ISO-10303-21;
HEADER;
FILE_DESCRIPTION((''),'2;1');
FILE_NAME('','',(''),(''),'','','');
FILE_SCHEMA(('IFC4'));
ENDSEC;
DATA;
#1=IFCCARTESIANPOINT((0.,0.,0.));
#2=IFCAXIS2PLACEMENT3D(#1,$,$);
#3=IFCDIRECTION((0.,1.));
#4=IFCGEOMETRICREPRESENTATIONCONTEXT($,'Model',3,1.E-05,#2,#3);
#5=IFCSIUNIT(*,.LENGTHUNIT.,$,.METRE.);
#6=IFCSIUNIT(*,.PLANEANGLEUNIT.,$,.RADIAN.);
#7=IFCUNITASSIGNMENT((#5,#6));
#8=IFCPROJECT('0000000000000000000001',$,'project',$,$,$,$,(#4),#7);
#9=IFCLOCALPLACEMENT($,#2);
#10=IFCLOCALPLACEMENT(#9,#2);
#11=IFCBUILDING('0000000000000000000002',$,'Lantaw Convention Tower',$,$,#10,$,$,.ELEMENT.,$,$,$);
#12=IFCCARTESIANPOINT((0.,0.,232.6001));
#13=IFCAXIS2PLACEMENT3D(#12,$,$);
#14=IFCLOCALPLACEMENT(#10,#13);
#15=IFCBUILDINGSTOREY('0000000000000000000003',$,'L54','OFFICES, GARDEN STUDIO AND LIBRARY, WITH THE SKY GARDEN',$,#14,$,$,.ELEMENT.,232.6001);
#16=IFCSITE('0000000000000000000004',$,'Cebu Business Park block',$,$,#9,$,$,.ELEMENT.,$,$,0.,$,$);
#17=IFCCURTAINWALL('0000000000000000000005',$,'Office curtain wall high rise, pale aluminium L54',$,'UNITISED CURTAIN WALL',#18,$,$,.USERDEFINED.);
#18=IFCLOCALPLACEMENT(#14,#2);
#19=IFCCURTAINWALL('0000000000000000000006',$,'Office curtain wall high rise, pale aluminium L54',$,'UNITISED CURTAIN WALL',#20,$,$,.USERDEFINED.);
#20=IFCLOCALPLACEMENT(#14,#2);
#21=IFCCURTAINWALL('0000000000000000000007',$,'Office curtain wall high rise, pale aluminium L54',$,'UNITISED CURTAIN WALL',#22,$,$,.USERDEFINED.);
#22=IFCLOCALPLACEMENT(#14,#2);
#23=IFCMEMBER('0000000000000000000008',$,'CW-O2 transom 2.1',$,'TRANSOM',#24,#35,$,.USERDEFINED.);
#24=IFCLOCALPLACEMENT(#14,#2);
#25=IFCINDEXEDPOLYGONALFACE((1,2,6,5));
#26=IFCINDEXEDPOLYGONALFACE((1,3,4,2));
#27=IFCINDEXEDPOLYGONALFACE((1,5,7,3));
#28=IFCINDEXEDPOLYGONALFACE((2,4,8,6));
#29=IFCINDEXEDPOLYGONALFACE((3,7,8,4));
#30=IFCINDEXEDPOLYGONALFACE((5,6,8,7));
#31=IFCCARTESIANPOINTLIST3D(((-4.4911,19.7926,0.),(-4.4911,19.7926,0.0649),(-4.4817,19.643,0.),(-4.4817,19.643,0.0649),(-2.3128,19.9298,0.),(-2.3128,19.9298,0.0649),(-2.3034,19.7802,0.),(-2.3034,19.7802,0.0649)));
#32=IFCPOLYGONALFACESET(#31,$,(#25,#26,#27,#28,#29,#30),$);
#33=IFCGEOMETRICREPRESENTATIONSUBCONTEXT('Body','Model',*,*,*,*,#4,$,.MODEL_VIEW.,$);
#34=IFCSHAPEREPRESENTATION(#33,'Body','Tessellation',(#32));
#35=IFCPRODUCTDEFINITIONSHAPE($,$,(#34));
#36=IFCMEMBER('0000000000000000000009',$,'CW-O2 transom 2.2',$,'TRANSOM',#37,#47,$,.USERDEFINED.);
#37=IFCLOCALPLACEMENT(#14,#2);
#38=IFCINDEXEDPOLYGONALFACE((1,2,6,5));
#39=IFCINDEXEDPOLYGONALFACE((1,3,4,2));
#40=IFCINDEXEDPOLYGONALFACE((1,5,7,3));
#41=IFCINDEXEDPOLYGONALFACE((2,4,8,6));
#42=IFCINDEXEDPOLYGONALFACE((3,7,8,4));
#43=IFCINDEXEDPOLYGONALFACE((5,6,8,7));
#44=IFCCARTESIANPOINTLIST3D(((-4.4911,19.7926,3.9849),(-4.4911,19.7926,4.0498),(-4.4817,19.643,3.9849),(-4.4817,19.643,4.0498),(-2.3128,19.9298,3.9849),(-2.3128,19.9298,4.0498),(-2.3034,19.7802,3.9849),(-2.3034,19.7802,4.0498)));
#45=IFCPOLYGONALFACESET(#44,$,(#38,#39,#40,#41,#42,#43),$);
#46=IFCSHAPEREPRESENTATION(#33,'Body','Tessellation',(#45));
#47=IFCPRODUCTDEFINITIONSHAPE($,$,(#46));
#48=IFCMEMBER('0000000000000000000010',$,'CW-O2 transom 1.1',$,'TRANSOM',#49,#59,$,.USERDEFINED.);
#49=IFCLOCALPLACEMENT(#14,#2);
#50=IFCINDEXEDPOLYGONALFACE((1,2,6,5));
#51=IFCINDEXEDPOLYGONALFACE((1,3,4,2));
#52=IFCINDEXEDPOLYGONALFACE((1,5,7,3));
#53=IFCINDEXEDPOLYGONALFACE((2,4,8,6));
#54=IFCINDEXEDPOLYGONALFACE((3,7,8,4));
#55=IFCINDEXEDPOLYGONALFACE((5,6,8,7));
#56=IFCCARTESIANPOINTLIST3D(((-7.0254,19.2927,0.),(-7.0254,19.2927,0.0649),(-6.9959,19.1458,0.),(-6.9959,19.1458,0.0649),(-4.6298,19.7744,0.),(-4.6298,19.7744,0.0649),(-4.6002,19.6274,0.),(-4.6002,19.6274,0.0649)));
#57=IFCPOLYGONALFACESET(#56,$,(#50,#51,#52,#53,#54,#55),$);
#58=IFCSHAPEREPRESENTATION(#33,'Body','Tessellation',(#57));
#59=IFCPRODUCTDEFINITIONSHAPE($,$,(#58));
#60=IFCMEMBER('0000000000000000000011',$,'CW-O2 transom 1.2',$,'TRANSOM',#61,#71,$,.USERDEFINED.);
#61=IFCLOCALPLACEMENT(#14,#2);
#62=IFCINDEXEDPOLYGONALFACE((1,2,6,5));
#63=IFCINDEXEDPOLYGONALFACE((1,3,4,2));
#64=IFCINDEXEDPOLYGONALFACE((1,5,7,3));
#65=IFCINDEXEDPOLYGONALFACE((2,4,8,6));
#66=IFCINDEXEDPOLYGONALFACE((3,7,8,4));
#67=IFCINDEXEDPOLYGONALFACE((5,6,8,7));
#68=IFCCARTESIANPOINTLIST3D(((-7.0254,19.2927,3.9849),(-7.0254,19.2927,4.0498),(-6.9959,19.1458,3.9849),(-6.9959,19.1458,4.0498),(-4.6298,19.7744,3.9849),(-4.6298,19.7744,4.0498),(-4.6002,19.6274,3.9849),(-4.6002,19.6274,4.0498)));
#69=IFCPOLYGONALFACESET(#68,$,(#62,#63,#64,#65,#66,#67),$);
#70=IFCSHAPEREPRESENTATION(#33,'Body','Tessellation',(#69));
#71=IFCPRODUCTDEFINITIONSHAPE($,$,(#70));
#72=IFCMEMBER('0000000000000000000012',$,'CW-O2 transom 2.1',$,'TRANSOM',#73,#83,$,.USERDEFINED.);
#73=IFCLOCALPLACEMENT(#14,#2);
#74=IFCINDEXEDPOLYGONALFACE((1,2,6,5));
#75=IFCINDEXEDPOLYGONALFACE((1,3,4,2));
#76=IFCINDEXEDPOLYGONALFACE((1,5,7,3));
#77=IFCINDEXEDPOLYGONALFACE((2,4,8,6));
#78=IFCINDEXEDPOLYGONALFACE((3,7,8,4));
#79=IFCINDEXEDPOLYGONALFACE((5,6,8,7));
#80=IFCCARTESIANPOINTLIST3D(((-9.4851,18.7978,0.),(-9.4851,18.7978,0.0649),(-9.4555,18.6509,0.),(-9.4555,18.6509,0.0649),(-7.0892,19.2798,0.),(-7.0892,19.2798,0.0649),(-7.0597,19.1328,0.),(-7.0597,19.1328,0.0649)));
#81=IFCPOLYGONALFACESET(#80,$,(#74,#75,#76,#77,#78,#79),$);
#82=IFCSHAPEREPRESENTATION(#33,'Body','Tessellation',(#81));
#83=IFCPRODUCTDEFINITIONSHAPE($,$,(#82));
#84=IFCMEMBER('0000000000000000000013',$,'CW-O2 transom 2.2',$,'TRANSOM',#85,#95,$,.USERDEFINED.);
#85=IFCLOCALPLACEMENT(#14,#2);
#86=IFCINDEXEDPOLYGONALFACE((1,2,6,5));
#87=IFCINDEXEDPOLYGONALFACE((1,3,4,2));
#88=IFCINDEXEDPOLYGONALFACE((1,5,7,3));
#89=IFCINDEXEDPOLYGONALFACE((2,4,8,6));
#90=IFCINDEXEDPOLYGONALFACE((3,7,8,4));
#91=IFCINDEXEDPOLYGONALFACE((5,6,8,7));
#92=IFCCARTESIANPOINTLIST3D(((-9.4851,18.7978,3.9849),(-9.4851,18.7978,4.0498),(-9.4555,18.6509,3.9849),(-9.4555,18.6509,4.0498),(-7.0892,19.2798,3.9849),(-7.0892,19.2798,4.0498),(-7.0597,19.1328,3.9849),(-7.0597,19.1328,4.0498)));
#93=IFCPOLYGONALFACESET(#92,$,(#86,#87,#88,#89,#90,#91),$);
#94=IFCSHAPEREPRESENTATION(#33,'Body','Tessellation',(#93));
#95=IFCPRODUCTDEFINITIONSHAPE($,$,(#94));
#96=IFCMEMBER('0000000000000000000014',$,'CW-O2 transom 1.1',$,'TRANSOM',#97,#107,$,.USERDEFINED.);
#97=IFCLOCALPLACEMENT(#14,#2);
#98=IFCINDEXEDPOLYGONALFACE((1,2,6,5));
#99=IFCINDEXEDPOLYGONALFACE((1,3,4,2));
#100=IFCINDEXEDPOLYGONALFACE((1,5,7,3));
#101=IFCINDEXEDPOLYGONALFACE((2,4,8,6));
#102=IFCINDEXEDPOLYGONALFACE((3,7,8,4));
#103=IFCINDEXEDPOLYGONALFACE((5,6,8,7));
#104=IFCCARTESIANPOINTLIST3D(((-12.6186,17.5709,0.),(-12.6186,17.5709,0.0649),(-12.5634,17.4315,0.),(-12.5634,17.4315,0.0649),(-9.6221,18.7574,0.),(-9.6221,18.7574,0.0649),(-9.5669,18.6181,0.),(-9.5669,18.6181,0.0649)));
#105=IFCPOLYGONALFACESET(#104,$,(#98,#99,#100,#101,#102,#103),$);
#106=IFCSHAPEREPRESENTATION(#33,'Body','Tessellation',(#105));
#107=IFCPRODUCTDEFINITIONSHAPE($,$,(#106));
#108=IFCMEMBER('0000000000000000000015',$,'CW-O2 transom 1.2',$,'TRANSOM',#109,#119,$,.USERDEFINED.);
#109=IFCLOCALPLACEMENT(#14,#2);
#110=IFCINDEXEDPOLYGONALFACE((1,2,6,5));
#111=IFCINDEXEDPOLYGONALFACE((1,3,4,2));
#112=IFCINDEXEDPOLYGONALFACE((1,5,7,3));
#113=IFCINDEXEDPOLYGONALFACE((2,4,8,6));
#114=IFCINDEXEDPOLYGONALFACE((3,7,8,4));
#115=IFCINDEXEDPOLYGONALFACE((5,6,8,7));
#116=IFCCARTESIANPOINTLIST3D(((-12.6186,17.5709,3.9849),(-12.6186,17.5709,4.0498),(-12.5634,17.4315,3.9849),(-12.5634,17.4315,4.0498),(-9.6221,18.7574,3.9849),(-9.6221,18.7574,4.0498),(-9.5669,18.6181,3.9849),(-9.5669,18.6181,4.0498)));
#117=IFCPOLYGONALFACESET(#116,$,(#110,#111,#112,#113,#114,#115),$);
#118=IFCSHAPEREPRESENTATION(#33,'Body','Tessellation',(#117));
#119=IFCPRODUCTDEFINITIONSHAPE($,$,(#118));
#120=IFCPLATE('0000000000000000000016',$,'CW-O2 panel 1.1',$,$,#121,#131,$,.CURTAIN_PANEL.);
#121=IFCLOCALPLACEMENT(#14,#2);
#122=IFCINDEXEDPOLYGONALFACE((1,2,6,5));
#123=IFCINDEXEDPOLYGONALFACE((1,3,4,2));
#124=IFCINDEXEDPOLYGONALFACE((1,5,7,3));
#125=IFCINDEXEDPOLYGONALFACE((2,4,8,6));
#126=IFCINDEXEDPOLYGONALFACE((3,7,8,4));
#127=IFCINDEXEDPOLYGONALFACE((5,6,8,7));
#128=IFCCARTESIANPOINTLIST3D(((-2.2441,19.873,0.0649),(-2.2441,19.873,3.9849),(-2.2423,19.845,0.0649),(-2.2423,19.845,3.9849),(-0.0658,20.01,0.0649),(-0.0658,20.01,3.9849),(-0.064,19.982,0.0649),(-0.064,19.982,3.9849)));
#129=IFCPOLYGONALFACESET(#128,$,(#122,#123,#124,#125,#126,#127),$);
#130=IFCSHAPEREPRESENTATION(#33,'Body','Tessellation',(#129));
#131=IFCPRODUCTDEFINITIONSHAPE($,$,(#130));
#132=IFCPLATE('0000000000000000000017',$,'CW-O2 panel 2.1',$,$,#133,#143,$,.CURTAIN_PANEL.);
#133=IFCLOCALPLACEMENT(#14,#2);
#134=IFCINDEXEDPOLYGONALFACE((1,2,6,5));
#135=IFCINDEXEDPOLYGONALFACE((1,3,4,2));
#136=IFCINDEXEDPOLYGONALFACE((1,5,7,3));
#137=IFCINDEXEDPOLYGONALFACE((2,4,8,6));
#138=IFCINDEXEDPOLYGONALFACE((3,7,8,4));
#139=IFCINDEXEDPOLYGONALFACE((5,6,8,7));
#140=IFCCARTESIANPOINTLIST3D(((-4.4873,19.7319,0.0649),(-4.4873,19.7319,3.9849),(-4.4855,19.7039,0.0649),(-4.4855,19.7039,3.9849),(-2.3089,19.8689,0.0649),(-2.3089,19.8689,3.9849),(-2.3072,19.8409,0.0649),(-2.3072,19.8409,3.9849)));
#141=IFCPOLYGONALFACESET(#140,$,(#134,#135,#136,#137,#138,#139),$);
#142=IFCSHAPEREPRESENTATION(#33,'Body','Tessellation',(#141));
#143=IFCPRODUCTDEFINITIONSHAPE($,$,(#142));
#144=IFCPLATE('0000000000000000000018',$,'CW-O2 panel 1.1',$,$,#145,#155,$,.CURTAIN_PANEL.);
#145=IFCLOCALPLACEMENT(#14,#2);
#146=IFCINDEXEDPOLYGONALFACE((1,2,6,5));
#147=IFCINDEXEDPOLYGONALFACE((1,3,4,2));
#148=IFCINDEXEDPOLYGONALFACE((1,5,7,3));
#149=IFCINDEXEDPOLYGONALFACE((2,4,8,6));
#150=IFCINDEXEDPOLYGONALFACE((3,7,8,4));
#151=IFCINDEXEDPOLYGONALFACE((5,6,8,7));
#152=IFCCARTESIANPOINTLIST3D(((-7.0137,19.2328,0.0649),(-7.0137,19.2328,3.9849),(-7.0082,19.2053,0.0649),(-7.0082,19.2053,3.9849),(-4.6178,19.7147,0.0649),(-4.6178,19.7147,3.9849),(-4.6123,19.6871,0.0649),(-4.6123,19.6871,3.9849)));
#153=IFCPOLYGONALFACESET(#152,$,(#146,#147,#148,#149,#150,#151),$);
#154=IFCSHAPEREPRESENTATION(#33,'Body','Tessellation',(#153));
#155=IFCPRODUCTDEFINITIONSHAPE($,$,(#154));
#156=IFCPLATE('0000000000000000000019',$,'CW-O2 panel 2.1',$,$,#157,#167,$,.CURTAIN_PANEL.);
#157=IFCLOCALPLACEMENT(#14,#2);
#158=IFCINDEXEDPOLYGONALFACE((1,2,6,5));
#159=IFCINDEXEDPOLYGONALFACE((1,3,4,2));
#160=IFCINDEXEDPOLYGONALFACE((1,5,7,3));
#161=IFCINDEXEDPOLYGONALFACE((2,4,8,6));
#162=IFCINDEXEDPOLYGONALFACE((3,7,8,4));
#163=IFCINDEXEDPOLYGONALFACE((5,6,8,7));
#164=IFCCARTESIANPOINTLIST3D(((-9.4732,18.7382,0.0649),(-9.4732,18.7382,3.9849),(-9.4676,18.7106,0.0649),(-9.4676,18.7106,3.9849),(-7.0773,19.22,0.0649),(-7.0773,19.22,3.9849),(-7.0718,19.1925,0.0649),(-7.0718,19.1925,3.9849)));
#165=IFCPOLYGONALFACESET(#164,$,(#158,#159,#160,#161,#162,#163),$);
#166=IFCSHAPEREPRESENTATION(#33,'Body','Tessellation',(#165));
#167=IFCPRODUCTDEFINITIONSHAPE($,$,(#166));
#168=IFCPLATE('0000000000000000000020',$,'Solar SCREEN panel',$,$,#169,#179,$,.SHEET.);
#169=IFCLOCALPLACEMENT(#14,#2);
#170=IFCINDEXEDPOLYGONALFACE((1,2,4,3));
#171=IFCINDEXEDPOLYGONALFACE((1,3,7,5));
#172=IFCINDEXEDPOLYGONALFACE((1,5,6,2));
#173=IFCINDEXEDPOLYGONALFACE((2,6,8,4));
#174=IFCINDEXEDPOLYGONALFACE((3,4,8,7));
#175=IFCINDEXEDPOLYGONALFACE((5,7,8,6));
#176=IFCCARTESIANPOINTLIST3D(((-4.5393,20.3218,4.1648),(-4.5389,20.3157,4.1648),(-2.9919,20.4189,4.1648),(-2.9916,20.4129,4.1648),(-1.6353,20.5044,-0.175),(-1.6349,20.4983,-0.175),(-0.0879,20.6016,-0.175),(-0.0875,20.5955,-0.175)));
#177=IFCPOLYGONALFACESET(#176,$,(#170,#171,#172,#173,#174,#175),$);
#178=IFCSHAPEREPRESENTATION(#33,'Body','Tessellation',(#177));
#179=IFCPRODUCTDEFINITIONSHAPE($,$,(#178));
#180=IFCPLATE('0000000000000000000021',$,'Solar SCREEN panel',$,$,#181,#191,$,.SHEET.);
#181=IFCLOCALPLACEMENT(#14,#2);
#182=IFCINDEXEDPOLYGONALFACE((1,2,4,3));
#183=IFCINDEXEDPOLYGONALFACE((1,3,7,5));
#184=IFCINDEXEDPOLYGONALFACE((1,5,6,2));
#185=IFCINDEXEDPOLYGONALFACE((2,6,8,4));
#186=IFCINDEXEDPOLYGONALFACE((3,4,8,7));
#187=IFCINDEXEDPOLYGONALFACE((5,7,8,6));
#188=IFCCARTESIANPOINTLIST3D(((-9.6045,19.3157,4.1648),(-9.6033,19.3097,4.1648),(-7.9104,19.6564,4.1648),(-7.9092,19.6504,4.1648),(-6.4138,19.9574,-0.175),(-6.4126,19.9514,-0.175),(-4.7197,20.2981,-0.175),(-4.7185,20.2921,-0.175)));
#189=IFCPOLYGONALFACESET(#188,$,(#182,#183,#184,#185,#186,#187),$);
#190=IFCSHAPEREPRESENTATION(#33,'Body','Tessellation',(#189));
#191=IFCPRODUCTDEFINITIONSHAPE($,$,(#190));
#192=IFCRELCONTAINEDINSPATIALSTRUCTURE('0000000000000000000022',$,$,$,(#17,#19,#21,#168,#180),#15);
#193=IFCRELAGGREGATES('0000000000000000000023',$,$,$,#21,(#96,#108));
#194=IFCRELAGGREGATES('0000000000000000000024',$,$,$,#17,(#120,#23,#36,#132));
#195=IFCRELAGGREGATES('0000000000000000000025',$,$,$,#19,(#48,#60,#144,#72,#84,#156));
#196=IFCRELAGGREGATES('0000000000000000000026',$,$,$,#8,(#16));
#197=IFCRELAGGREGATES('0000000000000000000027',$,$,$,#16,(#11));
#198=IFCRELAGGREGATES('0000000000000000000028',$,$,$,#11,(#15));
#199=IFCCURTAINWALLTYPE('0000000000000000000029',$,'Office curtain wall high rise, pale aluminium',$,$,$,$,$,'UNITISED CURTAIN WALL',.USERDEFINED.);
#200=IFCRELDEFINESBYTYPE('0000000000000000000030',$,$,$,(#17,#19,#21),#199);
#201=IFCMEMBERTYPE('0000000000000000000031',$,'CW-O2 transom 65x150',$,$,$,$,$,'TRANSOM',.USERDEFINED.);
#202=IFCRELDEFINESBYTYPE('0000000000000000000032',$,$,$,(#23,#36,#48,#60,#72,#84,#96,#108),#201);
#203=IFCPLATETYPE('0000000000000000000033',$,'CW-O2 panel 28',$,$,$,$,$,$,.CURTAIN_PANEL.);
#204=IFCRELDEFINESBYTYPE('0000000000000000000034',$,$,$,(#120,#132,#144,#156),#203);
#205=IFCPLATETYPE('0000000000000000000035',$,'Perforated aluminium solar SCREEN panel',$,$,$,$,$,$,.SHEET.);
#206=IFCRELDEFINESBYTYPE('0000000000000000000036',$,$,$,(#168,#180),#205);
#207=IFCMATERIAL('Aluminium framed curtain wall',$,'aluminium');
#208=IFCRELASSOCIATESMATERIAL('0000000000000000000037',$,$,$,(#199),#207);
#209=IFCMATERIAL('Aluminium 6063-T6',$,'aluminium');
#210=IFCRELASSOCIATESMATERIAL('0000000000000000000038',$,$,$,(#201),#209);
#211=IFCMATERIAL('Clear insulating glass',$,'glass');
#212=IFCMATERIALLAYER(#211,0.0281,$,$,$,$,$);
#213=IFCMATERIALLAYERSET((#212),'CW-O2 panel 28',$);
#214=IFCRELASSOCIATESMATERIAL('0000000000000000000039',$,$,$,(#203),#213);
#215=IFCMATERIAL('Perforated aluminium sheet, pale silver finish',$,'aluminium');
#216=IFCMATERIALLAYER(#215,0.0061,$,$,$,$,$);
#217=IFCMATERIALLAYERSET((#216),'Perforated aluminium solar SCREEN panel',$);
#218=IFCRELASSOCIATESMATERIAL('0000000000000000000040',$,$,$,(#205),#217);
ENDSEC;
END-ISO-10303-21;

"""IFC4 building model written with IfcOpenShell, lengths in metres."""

from ifc_helpers import new_model, si_unit, direction, frame, origin, origin_2d, place, context, subcontext, project, spatial, polyline, rectangle, outline, extrude, material, layer, layer_set, material_profile, profile_set, type_object, element, aggregate, save


model = new_model("IFC4")

# Units and contexts
model_context = context("Model", 3, precision=1e-05, world=origin(), true_north=direction((0.0, 1.0)))
body_context = subcontext(model_context, "Body", "Model", "MODEL_VIEW")
ifc_project = project(units=[si_unit("LENGTHUNIT", "METRE"), si_unit("PLANEANGLEUNIT", "RADIAN")], contexts=[model_context])

# Site, building, storey
site_placement = place(None, origin())
site = spatial("IfcSite", under=ifc_project, at=site_placement, Name="Cebu Business Park block", CompositionType="ELEMENT", RefElevation=0.0)
building_placement = place(site_placement, origin())
building = spatial("IfcBuilding", under=site, at=building_placement, Name="Lantaw Convention Tower", CompositionType="ELEMENT")
storey_placement = place(building_placement, frame((0.0, 0.0, 232.6001)))
storey = spatial("IfcBuildingStorey", under=building, at=storey_placement, Name="L54", Description="OFFICES, GARDEN STUDIO AND LIBRARY, WITH THE SKY GARDEN", CompositionType="ELEMENT", Elevation=232.6001)

# Curtain walls
ifc_material_1 = material(Name="Aluminium framed curtain wall", Category="aluminium")
curtain_wall_type = type_object("IfcCurtainWallType", Name="Office curtain wall high rise, pale aluminium", ElementType="UNITISED CURTAIN WALL", PredefinedType="USERDEFINED", material=ifc_material_1)
curtain_wall_1_placement = place(storey_placement, origin())
curtain_wall_1 = element("IfcCurtainWall", 1, at=curtain_wall_1_placement, inside=storey, type_object=curtain_wall_type, Name="Office curtain wall high rise, pale aluminium L54", ObjectType="UNITISED CURTAIN WALL", PredefinedType="USERDEFINED")
ifc_material_2 = material(Name="Aluminium 6063-T6", Category="aluminium")
curtain_wall_2_placement = place(storey_placement, origin())
curtain_wall_2 = element("IfcCurtainWall", 2, at=curtain_wall_2_placement, inside=storey, type_object=curtain_wall_type, Name="Office curtain wall high rise, pale aluminium L54", ObjectType="UNITISED CURTAIN WALL", PredefinedType="USERDEFINED")

# Curtain wall
curtain_wall_3_placement = place(storey_placement, origin())
curtain_wall_3 = element("IfcCurtainWall", 3, at=curtain_wall_3_placement, inside=storey, type_object=curtain_wall_type, Name="Office curtain wall high rise, pale aluminium L54", ObjectType="UNITISED CURTAIN WALL", PredefinedType="USERDEFINED")

# Members
ifc_material_profile_1 = material_profile(ifc_material_2, rectangle(XDim=0.1499, YDim=0.0649, at=origin_2d()), Name="CW-O2 transom 65x150")
ifc_profile_set_1 = profile_set([ifc_material_profile_1], Name="Aluminium 6063-T6")
member_type_1 = type_object("IfcMemberType", Name="CW-O2 transom 65x150", ElementType="TRANSOM", PredefinedType="USERDEFINED", material=ifc_profile_set_1)
member_1_placement = place(storey_placement, frame((-2.3081, 19.855, 0.0325), z_axis=(-0.998022, -0.062866, 0.0), x_axis=(0.062866, -0.998022, 0.0)))
member_1 = element("IfcMember", 4, at=member_1_placement, type_object=member_type_1, Name="CW-O2 transom 2.1", ObjectType="TRANSOM", PredefinedType="USERDEFINED", context=body_context, shape_type="SweptSolid", body=[
    extrude(rectangle(XDim=0.1499, YDim=0.0649, at=origin_2d()), origin(), (0.0, 0.0, 1.0), 2.1826),
])
member_2_placement = place(storey_placement, frame((-2.3081, 19.855, 4.0173), z_axis=(-0.998022, -0.062866, 0.0), x_axis=(0.062866, -0.998022, 0.0)))
member_2 = element("IfcMember", 5, at=member_2_placement, type_object=member_type_1, Name="CW-O2 transom 2.2", ObjectType="TRANSOM", PredefinedType="USERDEFINED", context=body_context, shape_type="SweptSolid", body=[
    extrude(rectangle(XDim=0.1499, YDim=0.0649, at=origin_2d()), origin(), (0.0, 0.0, 1.0), 2.1826),
])
member_3_placement = place(storey_placement, frame((-4.615, 19.7009, 0.0325), z_axis=(-0.98038, -0.197115, 0.0), x_axis=(0.197115, -0.98038, 0.0)))
member_3 = element("IfcMember", 6, at=member_3_placement, type_object=member_type_1, Name="CW-O2 transom 1.1", ObjectType="TRANSOM", PredefinedType="USERDEFINED", context=body_context, shape_type="SweptSolid", body=[
    extrude(rectangle(XDim=0.1499, YDim=0.0649, at=origin_2d()), origin(), (0.0, 0.0, 1.0), 2.4436),
])
member_4_placement = place(storey_placement, frame((-4.615, 19.7009, 4.0173), z_axis=(-0.98038, -0.197115, 0.0), x_axis=(0.197115, -0.98038, 0.0)))
member_4 = element("IfcMember", 7, at=member_4_placement, type_object=member_type_1, Name="CW-O2 transom 1.2", ObjectType="TRANSOM", PredefinedType="USERDEFINED", context=body_context, shape_type="SweptSolid", body=[
    extrude(rectangle(XDim=0.1499, YDim=0.0649, at=origin_2d()), origin(), (0.0, 0.0, 1.0), 2.4436),
])
member_5_placement = place(storey_placement, frame((-7.0745, 19.2063, 0.0325), z_axis=(-0.980361, -0.197211, 0.0), x_axis=(0.197211, -0.980361, 0.0)))
member_5 = element("IfcMember", 8, at=member_5_placement, type_object=member_type_1, Name="CW-O2 transom 2.1", ObjectType="TRANSOM", PredefinedType="USERDEFINED", context=body_context, shape_type="SweptSolid", body=[
    extrude(rectangle(XDim=0.1499, YDim=0.0649, at=origin_2d()), origin(), (0.0, 0.0, 1.0), 2.4438),
])
member_6_placement = place(storey_placement, frame((-7.0745, 19.2063, 4.0173), z_axis=(-0.980361, -0.197211, 0.0), x_axis=(0.197211, -0.980361, 0.0)))
member_6 = element("IfcMember", 9, at=member_6_placement, type_object=member_type_1, Name="CW-O2 transom 2.2", ObjectType="TRANSOM", PredefinedType="USERDEFINED", context=body_context, shape_type="SweptSolid", body=[
    extrude(rectangle(XDim=0.1499, YDim=0.0649, at=origin_2d()), origin(), (0.0, 0.0, 1.0), 2.4438),
])
member_7_placement = place(storey_placement, frame((-9.5945, 18.6877, 0.0325), z_axis=(-0.929767, -0.368149, 0.0), x_axis=(0.368149, -0.929767, 0.0)))
member_7 = element("IfcMember", 10, at=member_7_placement, type_object=member_type_1, Name="CW-O2 transom 1.1", ObjectType="TRANSOM", PredefinedType="USERDEFINED", context=body_context, shape_type="SweptSolid", body=[
    extrude(rectangle(XDim=0.1499, YDim=0.0649, at=origin_2d()), origin(), (0.0, 0.0, 1.0), 3.2229),
])
member_8_placement = place(storey_placement, frame((-9.5945, 18.6877, 4.0173), z_axis=(-0.929767, -0.368149, 0.0), x_axis=(0.368149, -0.929767, 0.0)))
member_8 = element("IfcMember", 11, at=member_8_placement, type_object=member_type_1, Name="CW-O2 transom 1.2", ObjectType="TRANSOM", PredefinedType="USERDEFINED", context=body_context, shape_type="SweptSolid", body=[
    extrude(rectangle(XDim=0.1499, YDim=0.0649, at=origin_2d()), origin(), (0.0, 0.0, 1.0), 3.2229),
])
aggregate(curtain_wall_3, [member_7, member_8])

# Plates
ifc_material_3 = material(Name="Clear insulating glass", Category="glass")
ifc_layer_1 = layer(ifc_material_3, 0.0281)
ifc_layer_set_1 = layer_set([ifc_layer_1], Name="CW-O2 panel 28")
plate_type_1 = type_object("IfcPlateType", Name="CW-O2 panel 28", PredefinedType="CURTAIN_PANEL", material=ifc_layer_set_1)
plate_1_placement = place(storey_placement, frame((-1.1541, 19.9275, 0.0649), z_axis=(0.0, 0.0, 1.0), x_axis=(-0.998029, -0.062758, 0.0)))
plate_1 = element("IfcPlate", 12, at=plate_1_placement, type_object=plate_type_1, Name="CW-O2 panel 1.1", PredefinedType="CURTAIN_PANEL", context=body_context, shape_type="SweptSolid", body=[
    extrude(rectangle(XDim=2.1826, YDim=0.0281, at=origin_2d()), origin(), (0.0, 0.0, 1.0), 3.9199),
])
plate_2_placement = place(storey_placement, frame((-3.3972, 19.7864, 0.0649), z_axis=(0.0, 0.0, 1.0), x_axis=(-0.998029, -0.062758, 0.0)))
plate_2 = element("IfcPlate", 13, at=plate_2_placement, type_object=plate_type_1, Name="CW-O2 panel 2.1", PredefinedType="CURTAIN_PANEL", context=body_context, shape_type="SweptSolid", body=[
    extrude(rectangle(XDim=2.1826, YDim=0.0281, at=origin_2d()), origin(), (0.0, 0.0, 1.0), 3.9199),
])
aggregate(curtain_wall_1, [plate_1, member_1, member_2, plate_2])
plate_3_placement = place(storey_placement, frame((-5.813, 19.46, 0.0649), z_axis=(0.0, 0.0, 1.0), x_axis=(-0.980367, -0.197183, 0.0)))
plate_3 = element("IfcPlate", 14, at=plate_3_placement, type_object=plate_type_1, Name="CW-O2 panel 1.1", PredefinedType="CURTAIN_PANEL", context=body_context, shape_type="SweptSolid", body=[
    extrude(rectangle(XDim=2.4438, YDim=0.0281, at=origin_2d()), origin(), (0.0, 0.0, 1.0), 3.9199),
])
plate_4_placement = place(storey_placement, frame((-8.2725, 18.9653, 0.0649), z_axis=(0.0, 0.0, 1.0), x_axis=(-0.980367, -0.197183, 0.0)))
plate_4 = element("IfcPlate", 15, at=plate_4_placement, type_object=plate_type_1, Name="CW-O2 panel 2.1", PredefinedType="CURTAIN_PANEL", context=body_context, shape_type="SweptSolid", body=[
    extrude(rectangle(XDim=2.4438, YDim=0.0281, at=origin_2d()), origin(), (0.0, 0.0, 1.0), 3.9199),
])
aggregate(curtain_wall_2, [member_3, member_4, plate_3, member_5, member_6, plate_4])

# Plates
ifc_material_4 = material(Name="Perforated aluminium sheet, pale silver finish", Category="aluminium")
ifc_layer_2 = layer(ifc_material_4, 0.0061)
ifc_layer_set_2 = layer_set([ifc_layer_2], Name="Perforated aluminium solar SCREEN panel")
plate_type_2 = type_object("IfcPlateType", Name="Perforated aluminium solar SCREEN panel", PredefinedType="SHEET", material=ifc_layer_set_2)
plate_5_placement = place(storey_placement, frame((-0.0879, 20.6016, -0.175), z_axis=(-0.062672, 0.998034, 0.000059), x_axis=(-0.998034, -0.062672, 0.0)))
element("IfcPlate", 16, at=plate_5_placement, inside=storey, type_object=plate_type_2, Name="Solar SCREEN panel", PredefinedType="SHEET", context=body_context, shape_type="SweptSolid", body=[
    extrude(outline(polyline([(0.0, 0.0), (1.5504, 0.0), (4.4602, 4.3398), (2.9098, 4.3398), (0.0, 0.0)])), origin(), (0.0, 0.0, -1.0), 0.0061),
])
plate_6_placement = place(storey_placement, frame((-4.7197, 20.2981, -0.175), z_axis=(-0.197162, 0.980371, 0.000011), x_axis=(-0.980371, -0.197162, 0.0)))
element("IfcPlate", 17, at=plate_6_placement, inside=storey, type_object=plate_type_2, Name="Solar SCREEN panel", PredefinedType="SHEET", context=body_context, shape_type="SweptSolid", body=[
    extrude(outline(polyline([(0.0, 0.0), (1.728, 0.0), (4.9826, 4.3398), (3.2546, 4.3398), (0.0, 0.0)])), origin(), (0.0, 0.0, -1.0), 0.0061),
])

save(model, "model.ifc")
